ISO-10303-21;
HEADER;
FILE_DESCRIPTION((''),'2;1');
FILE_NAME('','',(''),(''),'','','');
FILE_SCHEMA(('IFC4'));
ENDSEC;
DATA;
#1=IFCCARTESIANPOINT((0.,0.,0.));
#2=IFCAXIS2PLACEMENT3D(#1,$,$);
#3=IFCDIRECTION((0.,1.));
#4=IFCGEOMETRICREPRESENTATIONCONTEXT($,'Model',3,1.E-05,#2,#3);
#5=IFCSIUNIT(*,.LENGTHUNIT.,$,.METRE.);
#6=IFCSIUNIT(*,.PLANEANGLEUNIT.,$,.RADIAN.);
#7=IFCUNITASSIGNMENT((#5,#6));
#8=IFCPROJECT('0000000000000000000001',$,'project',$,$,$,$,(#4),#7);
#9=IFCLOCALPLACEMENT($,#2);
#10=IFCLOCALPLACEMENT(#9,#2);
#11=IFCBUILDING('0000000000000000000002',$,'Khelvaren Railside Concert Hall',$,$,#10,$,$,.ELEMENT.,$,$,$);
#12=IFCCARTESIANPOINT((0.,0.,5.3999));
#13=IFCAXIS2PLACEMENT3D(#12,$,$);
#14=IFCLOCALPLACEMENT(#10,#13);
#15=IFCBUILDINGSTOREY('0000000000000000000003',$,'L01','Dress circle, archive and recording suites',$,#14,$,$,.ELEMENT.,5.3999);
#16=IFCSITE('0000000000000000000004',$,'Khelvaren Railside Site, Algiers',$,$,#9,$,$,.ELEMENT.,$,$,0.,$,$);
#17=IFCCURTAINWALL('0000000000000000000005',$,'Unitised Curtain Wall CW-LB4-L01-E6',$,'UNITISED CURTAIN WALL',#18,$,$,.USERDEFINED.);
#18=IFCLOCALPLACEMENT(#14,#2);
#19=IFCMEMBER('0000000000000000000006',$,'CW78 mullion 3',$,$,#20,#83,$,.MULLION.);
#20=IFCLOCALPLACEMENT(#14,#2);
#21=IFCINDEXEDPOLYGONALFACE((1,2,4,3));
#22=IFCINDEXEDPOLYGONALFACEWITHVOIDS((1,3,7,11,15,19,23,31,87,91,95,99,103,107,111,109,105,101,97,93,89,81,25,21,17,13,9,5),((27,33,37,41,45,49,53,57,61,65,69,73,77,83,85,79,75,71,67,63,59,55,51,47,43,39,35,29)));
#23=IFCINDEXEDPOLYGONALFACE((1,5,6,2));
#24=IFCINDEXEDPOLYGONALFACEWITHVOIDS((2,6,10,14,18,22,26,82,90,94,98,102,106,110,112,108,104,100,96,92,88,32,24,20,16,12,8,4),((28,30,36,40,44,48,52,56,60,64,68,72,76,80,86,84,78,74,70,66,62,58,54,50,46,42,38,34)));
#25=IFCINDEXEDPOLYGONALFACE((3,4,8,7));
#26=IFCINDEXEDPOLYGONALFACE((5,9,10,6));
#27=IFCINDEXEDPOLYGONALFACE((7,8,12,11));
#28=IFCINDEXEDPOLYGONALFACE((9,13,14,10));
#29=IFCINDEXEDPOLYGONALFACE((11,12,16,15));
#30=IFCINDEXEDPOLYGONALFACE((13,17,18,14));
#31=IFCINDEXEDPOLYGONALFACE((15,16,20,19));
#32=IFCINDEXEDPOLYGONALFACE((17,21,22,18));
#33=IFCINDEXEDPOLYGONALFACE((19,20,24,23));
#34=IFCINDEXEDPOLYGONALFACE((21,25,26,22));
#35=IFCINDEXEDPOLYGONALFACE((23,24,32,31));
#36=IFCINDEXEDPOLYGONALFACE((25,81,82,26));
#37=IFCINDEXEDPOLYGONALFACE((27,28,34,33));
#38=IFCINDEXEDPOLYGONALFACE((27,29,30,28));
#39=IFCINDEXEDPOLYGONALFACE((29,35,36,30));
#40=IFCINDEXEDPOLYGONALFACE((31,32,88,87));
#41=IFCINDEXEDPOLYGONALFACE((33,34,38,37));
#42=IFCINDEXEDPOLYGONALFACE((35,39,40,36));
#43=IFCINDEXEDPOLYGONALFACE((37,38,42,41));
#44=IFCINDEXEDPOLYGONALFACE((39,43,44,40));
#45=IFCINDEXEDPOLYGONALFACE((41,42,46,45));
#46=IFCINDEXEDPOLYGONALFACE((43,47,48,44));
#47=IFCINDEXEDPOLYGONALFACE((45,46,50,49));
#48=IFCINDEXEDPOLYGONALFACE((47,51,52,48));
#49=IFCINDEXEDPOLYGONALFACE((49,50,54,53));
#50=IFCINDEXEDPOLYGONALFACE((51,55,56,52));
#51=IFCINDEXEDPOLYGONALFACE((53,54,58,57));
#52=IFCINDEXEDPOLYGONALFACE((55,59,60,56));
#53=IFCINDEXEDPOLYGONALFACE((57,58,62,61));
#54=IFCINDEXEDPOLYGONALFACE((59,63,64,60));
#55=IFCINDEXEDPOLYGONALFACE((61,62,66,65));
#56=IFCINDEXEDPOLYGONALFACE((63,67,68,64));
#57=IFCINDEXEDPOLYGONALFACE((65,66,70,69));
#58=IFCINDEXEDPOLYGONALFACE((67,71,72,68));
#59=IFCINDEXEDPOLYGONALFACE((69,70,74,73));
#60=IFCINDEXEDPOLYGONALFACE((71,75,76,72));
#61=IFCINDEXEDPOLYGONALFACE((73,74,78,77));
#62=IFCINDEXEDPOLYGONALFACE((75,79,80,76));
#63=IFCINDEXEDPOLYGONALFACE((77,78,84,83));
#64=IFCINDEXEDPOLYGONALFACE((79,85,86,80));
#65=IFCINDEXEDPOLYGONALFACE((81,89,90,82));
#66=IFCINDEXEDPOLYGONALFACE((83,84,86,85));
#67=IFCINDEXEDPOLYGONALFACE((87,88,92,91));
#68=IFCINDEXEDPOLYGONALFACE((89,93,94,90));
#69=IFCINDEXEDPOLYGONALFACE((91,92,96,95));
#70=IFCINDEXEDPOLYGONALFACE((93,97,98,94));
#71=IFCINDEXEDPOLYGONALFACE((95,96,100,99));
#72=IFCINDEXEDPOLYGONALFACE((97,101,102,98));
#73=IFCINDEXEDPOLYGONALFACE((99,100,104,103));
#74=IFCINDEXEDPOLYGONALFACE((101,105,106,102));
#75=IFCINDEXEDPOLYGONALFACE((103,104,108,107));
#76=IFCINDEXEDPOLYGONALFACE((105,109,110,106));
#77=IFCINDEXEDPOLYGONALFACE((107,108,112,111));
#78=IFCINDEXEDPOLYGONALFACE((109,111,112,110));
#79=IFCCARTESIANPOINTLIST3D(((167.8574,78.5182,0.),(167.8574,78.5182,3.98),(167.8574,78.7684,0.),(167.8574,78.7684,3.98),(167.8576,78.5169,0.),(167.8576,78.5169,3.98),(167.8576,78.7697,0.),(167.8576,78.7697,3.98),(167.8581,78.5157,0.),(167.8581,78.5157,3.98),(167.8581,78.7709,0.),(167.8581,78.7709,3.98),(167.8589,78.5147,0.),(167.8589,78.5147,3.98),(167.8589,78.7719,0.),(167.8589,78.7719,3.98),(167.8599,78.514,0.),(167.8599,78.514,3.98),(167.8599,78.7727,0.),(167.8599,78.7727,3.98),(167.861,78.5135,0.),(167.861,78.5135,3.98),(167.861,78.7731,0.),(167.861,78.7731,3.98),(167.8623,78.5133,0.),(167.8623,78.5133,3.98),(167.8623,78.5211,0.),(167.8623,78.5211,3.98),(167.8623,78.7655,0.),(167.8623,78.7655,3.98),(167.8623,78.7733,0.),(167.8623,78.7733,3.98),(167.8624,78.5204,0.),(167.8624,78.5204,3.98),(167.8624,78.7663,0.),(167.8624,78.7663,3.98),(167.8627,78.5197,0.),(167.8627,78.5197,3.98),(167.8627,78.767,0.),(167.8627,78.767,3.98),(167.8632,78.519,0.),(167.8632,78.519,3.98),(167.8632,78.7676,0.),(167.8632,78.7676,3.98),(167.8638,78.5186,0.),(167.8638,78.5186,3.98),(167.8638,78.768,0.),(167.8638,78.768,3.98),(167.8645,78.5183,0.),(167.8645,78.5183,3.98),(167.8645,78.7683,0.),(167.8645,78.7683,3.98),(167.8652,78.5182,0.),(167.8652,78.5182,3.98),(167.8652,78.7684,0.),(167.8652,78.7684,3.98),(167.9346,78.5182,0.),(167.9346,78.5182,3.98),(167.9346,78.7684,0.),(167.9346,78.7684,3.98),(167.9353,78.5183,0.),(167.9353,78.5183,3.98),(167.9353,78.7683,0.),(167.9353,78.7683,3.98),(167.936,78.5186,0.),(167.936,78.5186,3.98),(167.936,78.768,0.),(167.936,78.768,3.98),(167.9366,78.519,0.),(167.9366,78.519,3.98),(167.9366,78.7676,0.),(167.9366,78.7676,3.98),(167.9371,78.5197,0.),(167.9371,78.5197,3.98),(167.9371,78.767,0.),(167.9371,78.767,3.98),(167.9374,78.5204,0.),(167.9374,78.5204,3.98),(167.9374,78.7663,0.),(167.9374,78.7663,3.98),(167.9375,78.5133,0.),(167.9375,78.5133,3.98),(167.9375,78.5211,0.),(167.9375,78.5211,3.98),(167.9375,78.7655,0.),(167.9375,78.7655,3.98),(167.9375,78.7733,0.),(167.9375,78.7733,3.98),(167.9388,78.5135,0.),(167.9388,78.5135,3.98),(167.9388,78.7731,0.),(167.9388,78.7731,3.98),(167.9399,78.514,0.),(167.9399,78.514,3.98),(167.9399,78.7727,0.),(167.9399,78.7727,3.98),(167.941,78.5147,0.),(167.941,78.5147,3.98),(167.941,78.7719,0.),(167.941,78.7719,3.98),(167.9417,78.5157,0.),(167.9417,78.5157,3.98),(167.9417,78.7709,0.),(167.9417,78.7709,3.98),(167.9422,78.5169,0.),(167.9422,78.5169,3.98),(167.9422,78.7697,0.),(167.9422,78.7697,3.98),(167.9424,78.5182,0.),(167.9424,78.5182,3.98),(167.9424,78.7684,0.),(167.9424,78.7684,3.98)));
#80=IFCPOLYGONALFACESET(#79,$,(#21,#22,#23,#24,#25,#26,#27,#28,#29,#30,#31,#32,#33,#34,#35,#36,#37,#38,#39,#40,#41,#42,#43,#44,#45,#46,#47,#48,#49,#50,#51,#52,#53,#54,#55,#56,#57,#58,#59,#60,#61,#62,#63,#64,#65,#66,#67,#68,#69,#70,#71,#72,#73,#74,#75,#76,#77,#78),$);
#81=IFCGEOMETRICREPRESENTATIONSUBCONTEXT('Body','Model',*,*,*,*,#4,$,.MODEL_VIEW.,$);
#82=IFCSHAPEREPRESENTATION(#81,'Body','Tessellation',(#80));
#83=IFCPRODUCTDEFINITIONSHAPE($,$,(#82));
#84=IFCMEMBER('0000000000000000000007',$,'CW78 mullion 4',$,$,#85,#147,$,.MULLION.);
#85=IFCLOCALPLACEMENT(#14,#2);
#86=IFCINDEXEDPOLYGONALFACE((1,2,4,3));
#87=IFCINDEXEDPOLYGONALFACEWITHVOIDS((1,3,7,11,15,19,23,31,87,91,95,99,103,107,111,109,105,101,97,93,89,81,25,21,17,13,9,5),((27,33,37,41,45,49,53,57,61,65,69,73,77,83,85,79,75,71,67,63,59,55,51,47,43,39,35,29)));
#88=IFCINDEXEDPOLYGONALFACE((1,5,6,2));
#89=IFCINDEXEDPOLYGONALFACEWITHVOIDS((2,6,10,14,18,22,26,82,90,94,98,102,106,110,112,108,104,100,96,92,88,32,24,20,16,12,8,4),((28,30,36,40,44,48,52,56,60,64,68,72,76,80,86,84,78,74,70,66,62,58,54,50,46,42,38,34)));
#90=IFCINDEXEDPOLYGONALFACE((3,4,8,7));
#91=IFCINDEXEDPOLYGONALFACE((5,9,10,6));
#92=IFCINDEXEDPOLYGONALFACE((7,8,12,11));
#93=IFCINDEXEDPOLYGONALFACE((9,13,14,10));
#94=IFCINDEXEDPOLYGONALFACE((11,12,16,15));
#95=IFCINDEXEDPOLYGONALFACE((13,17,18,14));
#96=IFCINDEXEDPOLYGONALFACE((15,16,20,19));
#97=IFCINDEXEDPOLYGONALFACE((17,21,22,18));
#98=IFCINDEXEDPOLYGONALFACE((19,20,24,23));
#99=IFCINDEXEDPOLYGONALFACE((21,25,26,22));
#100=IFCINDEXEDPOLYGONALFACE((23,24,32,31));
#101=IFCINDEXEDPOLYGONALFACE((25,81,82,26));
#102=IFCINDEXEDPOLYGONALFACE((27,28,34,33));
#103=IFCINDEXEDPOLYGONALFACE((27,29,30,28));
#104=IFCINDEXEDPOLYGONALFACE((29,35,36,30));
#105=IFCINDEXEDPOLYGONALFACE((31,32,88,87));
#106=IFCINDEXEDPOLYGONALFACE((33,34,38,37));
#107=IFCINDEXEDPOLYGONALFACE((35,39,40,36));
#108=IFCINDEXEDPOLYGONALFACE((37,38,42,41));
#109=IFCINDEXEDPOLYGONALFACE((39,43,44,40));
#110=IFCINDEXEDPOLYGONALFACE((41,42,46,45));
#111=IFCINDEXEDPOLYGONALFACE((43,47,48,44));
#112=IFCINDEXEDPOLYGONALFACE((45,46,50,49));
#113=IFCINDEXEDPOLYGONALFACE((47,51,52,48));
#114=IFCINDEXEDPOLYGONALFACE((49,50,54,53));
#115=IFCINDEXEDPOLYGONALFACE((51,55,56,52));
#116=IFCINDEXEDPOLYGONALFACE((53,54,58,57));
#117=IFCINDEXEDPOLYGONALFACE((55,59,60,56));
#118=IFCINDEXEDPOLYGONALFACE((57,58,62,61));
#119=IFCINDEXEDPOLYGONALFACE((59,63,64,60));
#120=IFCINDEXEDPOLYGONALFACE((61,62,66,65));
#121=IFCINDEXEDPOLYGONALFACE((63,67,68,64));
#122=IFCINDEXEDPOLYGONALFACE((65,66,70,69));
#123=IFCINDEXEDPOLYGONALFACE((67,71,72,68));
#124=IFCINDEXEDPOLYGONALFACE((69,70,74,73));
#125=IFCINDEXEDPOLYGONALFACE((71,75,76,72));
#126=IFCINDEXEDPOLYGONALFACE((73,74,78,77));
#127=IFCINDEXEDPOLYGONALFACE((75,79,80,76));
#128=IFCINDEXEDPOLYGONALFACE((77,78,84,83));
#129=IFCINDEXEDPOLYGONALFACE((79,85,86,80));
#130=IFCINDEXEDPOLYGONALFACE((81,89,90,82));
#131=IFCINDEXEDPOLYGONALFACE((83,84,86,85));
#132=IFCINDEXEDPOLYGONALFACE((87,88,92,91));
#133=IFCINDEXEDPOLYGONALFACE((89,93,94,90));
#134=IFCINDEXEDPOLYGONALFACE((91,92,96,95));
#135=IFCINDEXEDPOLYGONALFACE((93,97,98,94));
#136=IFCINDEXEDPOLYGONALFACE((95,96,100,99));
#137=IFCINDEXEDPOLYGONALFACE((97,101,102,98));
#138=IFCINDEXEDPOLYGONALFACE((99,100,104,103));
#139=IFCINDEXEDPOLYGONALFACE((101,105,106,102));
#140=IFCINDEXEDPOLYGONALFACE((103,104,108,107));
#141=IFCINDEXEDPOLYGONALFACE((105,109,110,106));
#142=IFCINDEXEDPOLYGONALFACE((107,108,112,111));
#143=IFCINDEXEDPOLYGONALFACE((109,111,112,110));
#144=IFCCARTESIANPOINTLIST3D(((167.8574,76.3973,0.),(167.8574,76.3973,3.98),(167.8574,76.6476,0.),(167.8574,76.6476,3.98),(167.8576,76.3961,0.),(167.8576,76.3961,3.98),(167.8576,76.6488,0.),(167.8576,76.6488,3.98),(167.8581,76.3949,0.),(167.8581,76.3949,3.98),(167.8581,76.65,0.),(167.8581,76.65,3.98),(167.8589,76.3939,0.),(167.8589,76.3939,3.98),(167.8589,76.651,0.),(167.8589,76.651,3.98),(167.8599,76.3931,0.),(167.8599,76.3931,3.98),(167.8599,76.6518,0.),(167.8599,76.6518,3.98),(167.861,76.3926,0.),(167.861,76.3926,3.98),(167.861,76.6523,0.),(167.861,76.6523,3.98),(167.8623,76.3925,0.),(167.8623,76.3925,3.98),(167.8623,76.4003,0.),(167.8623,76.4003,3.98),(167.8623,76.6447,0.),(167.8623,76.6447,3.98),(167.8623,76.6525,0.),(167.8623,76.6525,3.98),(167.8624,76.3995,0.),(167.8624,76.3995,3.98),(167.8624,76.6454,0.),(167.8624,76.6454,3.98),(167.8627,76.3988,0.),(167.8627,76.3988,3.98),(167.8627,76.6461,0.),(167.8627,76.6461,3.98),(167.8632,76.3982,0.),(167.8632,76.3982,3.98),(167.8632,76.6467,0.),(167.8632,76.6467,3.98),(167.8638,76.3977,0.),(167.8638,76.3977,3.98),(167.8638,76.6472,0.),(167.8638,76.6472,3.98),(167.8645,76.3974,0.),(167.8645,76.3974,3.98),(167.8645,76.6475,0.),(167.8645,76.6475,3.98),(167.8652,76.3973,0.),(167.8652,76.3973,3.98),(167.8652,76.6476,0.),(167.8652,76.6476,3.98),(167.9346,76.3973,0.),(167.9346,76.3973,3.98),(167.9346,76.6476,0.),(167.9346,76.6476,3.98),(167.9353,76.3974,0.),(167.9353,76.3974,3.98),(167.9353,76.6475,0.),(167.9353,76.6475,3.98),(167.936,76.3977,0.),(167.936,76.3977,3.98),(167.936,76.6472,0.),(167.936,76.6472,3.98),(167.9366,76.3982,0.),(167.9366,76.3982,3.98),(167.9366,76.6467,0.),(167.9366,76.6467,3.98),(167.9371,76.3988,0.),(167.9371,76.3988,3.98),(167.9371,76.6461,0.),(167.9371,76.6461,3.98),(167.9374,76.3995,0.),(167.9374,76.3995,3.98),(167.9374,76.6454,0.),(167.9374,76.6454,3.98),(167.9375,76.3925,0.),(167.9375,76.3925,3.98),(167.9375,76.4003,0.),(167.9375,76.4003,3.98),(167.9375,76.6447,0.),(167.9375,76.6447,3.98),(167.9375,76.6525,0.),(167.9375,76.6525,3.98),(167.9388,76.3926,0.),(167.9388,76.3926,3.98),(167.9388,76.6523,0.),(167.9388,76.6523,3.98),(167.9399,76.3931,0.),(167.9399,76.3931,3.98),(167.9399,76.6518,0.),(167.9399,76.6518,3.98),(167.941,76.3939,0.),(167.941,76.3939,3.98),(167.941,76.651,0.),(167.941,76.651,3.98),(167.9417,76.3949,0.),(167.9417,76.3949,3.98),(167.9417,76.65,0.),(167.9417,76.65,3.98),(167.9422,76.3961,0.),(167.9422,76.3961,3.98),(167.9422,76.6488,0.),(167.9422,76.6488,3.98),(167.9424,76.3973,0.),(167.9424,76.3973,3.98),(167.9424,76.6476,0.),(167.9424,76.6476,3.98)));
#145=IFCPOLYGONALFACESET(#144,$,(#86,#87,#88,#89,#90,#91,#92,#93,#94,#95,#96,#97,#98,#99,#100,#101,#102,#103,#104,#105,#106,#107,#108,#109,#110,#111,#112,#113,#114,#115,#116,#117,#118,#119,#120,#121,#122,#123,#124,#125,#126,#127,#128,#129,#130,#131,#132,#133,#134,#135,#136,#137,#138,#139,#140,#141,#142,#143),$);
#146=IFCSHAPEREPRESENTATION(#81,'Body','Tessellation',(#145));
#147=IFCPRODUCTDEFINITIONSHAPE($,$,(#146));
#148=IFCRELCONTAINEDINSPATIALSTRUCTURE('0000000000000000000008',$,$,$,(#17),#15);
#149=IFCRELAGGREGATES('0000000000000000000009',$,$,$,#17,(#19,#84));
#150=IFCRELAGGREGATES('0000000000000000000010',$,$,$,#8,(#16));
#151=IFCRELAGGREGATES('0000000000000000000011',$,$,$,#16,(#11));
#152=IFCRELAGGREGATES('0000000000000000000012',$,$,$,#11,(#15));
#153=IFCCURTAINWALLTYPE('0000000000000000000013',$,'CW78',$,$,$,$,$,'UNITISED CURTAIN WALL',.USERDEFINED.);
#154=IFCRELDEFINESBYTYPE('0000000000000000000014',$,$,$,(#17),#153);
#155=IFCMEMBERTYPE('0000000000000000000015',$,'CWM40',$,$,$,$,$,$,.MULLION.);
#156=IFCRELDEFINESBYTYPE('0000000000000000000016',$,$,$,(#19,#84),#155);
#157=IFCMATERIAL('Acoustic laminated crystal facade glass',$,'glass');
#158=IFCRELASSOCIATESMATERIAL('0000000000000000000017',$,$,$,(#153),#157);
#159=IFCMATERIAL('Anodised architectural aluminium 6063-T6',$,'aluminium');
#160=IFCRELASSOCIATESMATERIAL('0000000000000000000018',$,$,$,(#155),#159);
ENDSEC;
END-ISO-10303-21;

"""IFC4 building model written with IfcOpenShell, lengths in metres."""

from ifc_helpers import new_model, si_unit, direction, frame, origin, origin_2d, place, context, subcontext, project, spatial, hollow_rectangle, extrude, material, material_profile, profile_set, type_object, element, aggregate, save


model = new_model("IFC4")

# Units and contexts
model_context = context("Model", 3, precision=1e-05, world=origin(), true_north=direction((0.0, 1.0)))
body_context = subcontext(model_context, "Body", "Model", "MODEL_VIEW")
ifc_project = project(units=[si_unit("LENGTHUNIT", "METRE"), si_unit("PLANEANGLEUNIT", "RADIAN")], contexts=[model_context])

# Site, building, storey
site_placement = place(None, origin())
site = spatial("IfcSite", under=ifc_project, at=site_placement, Name="Khelvaren Railside Site, Algiers", CompositionType="ELEMENT", RefElevation=0.0)
building_placement = place(site_placement, origin())
building = spatial("IfcBuilding", under=site, at=building_placement, Name="Khelvaren Railside Concert Hall", CompositionType="ELEMENT")
storey_placement = place(building_placement, frame((0.0, 0.0, 5.3999)))
storey = spatial("IfcBuildingStorey", under=building, at=storey_placement, Name="L01", Description="Dress circle, archive and recording suites", CompositionType="ELEMENT", Elevation=5.3999)

# Curtain wall, members
ifc_material_1 = material(Name="Acoustic laminated crystal facade glass", Category="glass")
curtain_wall_type = type_object("IfcCurtainWallType", Name="CW78", ElementType="UNITISED CURTAIN WALL", PredefinedType="USERDEFINED", material=ifc_material_1)
curtain_wall_placement = place(storey_placement, origin())
curtain_wall = element("IfcCurtainWall", 1, at=curtain_wall_placement, inside=storey, type_object=curtain_wall_type, Name="Unitised Curtain Wall CW-LB4-L01-E6", ObjectType="UNITISED CURTAIN WALL", PredefinedType="USERDEFINED")
ifc_material_2 = material(Name="Anodised architectural aluminium 6063-T6", Category="aluminium")
ifc_material_profile_1 = material_profile(ifc_material_2, hollow_rectangle(XDim=0.085, YDim=0.26, WallThickness=0.0049, InnerFilletRadius=0.0029, OuterFilletRadius=0.0049, at=origin_2d()), Name="CWM 85x260x5")
ifc_profile_set_1 = profile_set([ifc_material_profile_1], Name="Anodised architectural aluminium 6063-T6")
member_type_1 = type_object("IfcMemberType", Name="CWM40", PredefinedType="MULLION", material=ifc_profile_set_1)
member_1_placement = place(storey_placement, frame((167.8999, 78.6433, 0.0), z_axis=(0.0, 0.0, 1.0), x_axis=(1.0, 0.0, 0.0)))
member_1 = element("IfcMember", 2, at=member_1_placement, type_object=member_type_1, Name="CW78 mullion 3", PredefinedType="MULLION", context=body_context, shape_type="SweptSolid", body=[
    extrude(hollow_rectangle(XDim=0.085, YDim=0.26, WallThickness=0.0049, InnerFilletRadius=0.0029, OuterFilletRadius=0.0049, at=origin_2d()), origin(), (0.0, 0.0, 1.0), 3.98),
])
member_2_placement = place(storey_placement, frame((167.8999, 76.5225, 0.0), z_axis=(0.0, 0.0, 1.0), x_axis=(1.0, 0.0, 0.0)))
member_2 = element("IfcMember", 3, at=member_2_placement, type_object=member_type_1, Name="CW78 mullion 4", PredefinedType="MULLION", context=body_context, shape_type="SweptSolid", body=[
    extrude(hollow_rectangle(XDim=0.085, YDim=0.26, WallThickness=0.0049, InnerFilletRadius=0.0029, OuterFilletRadius=0.0049, at=origin_2d()), origin(), (0.0, 0.0, 1.0), 3.98),
])
aggregate(curtain_wall, [member_1, member_2])

save(model, "model.ifc")
